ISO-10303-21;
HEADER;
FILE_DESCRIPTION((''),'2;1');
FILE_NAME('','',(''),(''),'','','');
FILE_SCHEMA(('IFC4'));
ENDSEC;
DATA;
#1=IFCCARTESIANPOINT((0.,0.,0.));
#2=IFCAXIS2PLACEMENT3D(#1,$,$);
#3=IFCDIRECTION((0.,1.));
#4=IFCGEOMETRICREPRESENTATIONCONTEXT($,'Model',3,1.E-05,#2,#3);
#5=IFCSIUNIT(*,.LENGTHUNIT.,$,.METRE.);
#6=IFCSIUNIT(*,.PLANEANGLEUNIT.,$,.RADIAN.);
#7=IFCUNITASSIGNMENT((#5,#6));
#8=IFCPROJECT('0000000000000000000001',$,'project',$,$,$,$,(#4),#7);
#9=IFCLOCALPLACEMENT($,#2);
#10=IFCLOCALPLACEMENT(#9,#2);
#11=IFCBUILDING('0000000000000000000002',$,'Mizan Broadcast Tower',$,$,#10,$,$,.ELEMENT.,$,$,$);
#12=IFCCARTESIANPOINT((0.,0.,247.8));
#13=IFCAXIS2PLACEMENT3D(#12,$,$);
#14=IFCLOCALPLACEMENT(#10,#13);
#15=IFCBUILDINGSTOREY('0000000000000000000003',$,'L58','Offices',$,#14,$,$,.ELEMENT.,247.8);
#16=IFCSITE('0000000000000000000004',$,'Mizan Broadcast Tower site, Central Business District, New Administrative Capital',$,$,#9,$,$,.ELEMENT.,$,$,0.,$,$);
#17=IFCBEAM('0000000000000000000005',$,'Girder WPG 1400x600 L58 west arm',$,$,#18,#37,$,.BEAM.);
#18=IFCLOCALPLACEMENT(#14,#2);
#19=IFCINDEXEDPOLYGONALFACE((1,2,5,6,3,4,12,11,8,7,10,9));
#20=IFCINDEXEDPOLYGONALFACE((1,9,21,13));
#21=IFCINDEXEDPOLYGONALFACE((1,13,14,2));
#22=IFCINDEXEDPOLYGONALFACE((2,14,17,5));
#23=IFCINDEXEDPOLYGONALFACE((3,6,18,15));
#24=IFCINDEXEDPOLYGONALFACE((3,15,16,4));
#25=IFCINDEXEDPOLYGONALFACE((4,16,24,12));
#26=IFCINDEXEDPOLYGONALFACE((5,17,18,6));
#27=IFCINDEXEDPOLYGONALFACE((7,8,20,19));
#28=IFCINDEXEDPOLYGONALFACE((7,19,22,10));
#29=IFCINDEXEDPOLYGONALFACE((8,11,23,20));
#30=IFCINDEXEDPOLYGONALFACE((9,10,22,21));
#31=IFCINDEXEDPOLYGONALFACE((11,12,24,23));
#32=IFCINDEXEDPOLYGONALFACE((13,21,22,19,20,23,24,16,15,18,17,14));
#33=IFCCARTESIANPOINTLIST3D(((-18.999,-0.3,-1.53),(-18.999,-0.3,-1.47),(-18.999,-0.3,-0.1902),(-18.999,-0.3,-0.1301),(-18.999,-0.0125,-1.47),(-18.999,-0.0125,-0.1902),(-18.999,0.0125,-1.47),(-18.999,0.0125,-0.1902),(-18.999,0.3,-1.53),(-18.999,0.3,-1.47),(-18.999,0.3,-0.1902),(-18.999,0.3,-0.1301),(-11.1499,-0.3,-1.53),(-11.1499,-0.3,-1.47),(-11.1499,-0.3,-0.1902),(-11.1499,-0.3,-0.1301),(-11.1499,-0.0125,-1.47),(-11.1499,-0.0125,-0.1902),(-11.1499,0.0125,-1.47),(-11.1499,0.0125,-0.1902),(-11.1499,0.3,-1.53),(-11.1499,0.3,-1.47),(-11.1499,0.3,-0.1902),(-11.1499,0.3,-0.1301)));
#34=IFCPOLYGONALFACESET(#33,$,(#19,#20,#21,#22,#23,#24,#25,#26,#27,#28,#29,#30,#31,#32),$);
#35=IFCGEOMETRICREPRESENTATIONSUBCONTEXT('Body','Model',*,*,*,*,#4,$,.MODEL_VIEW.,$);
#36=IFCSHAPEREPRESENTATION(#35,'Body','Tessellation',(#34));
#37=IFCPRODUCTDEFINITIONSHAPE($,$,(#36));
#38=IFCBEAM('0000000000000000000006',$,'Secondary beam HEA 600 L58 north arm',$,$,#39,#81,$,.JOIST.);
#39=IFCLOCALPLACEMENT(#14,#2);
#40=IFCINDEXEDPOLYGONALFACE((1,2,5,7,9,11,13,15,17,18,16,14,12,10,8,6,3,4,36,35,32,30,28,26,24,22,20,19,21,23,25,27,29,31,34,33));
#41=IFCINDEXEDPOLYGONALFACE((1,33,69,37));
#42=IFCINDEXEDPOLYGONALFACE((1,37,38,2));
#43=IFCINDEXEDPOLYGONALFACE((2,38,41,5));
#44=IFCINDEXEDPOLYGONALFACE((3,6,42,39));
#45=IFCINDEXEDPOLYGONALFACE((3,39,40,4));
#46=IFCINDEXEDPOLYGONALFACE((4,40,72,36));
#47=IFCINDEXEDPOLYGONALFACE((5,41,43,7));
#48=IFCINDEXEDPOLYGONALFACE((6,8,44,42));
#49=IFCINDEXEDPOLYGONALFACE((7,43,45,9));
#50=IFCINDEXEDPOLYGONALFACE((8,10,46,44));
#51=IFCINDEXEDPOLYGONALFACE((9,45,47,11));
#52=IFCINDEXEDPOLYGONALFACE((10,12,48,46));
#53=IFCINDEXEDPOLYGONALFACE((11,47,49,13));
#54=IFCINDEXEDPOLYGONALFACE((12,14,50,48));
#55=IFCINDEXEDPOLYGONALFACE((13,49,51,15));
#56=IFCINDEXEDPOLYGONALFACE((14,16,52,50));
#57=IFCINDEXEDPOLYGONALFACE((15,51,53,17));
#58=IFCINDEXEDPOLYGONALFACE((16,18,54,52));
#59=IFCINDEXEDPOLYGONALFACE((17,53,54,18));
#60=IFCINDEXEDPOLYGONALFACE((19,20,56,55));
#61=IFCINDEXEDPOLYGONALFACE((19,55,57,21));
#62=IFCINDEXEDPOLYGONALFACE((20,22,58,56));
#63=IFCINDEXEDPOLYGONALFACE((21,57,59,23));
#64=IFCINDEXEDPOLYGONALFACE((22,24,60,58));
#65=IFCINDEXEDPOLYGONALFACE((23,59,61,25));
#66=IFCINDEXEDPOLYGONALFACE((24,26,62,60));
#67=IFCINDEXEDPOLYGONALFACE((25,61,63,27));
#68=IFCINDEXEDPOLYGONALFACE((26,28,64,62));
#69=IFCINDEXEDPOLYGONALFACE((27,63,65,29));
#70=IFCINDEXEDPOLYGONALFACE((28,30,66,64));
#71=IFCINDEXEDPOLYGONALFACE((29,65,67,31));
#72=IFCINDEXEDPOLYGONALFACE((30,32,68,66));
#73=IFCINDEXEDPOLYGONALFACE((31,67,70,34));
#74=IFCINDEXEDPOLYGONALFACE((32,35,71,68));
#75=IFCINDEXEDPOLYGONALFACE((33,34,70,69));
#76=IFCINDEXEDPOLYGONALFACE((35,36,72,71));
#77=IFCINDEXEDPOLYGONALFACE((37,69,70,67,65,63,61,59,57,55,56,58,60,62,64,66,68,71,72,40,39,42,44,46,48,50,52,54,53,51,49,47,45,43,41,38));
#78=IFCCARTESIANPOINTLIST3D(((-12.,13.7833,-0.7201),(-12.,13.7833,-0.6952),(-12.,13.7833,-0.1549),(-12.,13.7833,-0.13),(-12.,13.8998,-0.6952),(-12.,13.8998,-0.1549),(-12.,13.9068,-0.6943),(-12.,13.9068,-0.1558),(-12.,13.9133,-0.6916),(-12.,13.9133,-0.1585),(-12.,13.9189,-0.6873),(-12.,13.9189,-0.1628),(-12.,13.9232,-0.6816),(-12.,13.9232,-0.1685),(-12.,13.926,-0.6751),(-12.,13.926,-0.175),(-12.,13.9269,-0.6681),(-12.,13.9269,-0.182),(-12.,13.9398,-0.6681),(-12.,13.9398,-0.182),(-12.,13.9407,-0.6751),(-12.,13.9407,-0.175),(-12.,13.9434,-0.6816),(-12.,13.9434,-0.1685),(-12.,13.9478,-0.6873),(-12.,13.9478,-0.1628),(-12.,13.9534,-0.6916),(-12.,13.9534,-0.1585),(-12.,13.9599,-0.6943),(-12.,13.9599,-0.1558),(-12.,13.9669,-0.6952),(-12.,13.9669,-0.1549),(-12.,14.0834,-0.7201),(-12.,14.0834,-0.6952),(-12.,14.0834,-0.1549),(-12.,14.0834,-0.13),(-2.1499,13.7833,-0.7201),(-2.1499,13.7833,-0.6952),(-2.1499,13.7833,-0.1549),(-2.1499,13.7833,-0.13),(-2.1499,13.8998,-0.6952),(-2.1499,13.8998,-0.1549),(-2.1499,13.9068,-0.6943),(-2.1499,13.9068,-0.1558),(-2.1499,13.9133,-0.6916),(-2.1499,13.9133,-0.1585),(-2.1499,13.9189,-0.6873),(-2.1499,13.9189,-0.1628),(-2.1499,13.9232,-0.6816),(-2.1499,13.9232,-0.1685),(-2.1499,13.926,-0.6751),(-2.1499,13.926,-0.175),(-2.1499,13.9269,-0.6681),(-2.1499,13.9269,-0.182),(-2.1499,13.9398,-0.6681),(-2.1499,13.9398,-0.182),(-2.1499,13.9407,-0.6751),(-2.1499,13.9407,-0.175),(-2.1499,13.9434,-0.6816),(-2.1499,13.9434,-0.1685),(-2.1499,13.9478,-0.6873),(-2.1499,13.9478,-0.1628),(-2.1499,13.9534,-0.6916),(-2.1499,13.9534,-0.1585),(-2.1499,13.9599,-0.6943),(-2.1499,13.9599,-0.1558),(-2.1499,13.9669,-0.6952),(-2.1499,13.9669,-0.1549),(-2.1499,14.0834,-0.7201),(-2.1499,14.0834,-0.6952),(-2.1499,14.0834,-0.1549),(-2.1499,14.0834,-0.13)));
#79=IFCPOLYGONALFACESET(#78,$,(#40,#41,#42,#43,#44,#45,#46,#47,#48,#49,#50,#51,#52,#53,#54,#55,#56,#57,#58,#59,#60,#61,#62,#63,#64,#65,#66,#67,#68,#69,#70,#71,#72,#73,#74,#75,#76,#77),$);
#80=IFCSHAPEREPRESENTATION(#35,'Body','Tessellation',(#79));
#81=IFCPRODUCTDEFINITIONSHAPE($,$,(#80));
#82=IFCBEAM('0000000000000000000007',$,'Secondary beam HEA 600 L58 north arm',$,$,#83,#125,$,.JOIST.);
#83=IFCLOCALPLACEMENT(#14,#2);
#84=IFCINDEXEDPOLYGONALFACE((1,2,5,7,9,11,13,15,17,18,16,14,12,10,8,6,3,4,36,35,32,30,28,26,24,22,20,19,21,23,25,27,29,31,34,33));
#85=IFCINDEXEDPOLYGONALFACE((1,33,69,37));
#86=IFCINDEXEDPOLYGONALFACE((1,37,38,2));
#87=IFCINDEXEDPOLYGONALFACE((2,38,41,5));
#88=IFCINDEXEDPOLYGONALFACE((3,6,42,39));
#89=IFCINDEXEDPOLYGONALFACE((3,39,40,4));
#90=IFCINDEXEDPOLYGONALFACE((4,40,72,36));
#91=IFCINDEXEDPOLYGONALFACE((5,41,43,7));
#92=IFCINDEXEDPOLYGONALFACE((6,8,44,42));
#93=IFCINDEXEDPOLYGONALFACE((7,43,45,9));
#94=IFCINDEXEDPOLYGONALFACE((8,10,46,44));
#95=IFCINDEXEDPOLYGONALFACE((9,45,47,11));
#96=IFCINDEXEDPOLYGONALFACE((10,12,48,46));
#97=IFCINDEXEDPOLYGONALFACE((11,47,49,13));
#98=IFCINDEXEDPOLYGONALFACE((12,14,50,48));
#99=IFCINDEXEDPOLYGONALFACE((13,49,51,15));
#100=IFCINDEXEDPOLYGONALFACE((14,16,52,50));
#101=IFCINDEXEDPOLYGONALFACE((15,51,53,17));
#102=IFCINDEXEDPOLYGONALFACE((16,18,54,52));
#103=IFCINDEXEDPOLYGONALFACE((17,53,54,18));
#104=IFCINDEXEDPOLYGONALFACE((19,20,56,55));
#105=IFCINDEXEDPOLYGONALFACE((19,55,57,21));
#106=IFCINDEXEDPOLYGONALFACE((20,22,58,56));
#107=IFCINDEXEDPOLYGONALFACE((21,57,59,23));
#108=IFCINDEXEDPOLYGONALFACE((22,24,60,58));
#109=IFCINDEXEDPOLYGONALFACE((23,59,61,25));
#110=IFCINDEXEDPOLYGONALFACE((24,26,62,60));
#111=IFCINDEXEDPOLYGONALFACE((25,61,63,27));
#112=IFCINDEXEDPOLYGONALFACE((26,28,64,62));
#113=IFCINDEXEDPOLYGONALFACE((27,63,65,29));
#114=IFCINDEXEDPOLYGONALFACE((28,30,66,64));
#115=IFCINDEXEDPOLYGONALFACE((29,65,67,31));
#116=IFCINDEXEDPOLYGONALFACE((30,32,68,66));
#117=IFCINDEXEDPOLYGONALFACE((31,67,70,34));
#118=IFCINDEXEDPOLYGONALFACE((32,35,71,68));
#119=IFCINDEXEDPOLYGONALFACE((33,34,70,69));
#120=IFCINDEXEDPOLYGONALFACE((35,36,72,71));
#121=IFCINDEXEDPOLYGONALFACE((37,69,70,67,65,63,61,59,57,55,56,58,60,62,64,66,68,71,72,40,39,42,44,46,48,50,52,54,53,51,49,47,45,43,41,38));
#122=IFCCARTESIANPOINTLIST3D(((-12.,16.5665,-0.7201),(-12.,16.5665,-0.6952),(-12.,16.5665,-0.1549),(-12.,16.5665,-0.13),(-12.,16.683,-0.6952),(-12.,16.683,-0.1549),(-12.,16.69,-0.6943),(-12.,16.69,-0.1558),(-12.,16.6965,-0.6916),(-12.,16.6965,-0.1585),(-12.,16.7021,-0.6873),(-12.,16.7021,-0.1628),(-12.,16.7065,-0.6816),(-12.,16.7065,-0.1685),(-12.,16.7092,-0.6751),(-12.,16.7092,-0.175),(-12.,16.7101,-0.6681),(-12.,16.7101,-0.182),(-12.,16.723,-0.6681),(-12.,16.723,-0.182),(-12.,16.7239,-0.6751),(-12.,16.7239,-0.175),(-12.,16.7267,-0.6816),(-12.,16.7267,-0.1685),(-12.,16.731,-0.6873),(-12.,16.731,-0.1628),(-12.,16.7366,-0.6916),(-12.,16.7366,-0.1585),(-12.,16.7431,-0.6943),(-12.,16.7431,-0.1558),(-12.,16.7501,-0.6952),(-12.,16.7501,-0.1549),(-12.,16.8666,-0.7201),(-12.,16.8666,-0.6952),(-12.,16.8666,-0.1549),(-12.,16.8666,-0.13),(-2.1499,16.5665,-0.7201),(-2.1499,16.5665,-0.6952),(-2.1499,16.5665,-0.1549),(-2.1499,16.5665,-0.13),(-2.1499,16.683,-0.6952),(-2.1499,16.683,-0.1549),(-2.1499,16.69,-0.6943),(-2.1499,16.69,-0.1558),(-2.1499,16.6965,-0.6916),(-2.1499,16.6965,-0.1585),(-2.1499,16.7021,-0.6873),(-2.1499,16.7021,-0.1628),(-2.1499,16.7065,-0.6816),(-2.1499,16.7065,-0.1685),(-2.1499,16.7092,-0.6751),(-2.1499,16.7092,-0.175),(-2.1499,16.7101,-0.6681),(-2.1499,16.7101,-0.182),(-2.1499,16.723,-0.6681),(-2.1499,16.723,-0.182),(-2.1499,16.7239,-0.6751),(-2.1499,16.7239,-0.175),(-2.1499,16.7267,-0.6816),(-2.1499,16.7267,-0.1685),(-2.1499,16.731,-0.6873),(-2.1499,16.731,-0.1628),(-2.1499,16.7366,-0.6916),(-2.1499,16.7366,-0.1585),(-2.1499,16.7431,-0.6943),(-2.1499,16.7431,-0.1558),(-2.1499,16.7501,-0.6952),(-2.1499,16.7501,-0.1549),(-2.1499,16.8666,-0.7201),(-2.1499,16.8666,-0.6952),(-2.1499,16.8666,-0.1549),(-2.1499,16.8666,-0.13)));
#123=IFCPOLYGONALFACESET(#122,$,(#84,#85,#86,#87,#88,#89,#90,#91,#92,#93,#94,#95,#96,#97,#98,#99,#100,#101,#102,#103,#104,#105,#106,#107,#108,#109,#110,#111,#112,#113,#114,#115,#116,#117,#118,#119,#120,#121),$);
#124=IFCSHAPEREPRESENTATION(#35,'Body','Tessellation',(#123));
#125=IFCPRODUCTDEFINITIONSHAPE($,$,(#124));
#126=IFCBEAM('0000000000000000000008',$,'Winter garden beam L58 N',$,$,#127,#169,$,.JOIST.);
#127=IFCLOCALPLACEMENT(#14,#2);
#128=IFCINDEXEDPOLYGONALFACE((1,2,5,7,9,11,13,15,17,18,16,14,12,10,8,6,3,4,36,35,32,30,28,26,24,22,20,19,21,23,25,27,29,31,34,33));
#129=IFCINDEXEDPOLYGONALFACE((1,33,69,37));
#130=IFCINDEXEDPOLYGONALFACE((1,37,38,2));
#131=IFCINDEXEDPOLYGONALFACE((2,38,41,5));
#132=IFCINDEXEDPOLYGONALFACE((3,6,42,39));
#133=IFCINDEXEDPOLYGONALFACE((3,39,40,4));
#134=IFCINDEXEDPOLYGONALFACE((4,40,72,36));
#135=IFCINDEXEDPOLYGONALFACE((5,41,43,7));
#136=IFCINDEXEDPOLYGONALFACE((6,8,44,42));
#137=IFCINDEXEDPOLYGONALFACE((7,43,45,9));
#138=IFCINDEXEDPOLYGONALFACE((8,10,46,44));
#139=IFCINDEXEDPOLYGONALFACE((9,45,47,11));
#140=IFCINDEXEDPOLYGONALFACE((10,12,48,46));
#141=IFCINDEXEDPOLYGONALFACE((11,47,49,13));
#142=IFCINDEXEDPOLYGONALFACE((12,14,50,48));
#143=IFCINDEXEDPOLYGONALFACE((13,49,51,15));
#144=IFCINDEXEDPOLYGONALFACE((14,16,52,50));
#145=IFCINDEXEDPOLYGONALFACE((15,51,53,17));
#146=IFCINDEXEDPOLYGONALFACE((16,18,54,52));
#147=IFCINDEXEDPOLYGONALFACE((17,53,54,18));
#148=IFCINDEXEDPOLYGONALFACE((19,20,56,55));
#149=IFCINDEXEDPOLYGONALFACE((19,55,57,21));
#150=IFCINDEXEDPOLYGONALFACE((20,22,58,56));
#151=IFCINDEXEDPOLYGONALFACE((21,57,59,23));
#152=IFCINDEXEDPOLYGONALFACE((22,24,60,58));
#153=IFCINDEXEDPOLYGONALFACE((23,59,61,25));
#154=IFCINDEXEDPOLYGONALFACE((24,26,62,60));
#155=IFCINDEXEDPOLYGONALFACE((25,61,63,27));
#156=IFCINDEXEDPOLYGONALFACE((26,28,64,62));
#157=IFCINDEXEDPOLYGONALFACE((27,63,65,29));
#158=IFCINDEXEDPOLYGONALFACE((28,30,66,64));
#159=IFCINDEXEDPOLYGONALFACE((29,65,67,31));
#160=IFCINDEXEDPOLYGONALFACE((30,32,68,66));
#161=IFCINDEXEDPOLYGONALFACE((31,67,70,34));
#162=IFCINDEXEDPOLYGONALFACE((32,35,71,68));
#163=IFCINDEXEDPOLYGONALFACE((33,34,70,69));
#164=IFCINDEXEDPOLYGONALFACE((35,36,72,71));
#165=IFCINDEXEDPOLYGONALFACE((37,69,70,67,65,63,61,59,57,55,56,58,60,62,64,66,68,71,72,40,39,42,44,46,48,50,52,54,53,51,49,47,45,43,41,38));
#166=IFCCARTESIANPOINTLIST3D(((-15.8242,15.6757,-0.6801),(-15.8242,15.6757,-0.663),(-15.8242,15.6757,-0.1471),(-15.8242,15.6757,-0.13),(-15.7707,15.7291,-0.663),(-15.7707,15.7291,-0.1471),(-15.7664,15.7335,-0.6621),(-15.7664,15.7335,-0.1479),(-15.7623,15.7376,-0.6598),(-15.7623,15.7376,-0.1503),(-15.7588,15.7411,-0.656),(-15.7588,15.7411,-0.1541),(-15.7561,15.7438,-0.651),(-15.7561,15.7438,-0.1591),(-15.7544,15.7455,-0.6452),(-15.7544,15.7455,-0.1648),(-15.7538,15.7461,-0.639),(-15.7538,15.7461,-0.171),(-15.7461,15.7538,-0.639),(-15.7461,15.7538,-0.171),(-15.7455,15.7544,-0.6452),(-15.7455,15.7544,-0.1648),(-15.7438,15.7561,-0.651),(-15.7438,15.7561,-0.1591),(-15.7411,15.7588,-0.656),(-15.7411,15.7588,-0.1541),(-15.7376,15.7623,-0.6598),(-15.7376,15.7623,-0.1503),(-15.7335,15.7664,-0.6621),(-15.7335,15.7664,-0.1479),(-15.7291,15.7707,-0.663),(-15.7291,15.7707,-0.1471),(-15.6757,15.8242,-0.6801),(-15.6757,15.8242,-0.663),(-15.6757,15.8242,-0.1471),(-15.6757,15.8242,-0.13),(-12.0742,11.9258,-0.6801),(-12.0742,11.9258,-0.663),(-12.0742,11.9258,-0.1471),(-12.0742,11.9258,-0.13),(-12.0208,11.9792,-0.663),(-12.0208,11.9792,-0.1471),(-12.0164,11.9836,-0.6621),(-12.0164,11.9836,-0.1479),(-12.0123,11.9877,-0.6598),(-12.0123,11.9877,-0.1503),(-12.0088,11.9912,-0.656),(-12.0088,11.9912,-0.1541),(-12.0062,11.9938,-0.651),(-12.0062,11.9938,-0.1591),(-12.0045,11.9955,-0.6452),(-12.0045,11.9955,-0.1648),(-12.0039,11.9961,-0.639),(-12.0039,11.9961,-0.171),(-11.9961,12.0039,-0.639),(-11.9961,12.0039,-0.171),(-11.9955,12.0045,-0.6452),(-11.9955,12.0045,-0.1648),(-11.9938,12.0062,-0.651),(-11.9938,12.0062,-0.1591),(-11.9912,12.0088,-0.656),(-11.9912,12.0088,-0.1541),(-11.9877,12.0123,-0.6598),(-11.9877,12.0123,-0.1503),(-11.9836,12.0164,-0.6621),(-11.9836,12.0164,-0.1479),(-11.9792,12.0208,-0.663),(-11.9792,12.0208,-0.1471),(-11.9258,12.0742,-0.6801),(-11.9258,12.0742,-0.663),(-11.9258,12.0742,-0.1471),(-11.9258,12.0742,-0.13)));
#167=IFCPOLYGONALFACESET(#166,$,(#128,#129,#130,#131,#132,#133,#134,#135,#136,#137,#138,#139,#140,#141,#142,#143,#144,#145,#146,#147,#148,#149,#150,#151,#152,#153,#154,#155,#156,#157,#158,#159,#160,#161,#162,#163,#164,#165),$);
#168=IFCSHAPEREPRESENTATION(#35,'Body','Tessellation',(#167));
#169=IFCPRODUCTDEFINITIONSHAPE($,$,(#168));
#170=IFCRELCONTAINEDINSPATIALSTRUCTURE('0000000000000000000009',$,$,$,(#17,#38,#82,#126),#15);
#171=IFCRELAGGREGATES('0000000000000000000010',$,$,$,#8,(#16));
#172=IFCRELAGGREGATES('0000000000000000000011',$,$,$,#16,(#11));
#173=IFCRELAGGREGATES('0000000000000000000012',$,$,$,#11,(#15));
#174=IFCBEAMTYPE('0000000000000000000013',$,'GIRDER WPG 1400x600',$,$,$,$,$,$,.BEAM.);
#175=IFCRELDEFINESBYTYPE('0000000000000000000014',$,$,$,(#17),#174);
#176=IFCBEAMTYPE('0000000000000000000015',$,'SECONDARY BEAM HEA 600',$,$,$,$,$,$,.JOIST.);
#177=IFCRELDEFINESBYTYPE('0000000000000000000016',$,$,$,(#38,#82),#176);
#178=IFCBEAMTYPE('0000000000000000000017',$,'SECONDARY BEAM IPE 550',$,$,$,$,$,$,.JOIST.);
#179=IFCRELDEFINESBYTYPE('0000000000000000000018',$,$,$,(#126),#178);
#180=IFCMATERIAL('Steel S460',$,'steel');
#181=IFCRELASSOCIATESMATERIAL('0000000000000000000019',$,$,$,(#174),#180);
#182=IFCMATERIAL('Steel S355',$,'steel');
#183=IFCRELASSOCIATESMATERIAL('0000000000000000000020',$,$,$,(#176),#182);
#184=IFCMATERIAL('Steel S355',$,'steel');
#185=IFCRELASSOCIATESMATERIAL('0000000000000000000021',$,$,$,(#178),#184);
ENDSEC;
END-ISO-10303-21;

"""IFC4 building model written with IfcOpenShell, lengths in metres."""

from ifc_helpers import new_model, si_unit, direction, frame, origin, origin_2d, place, context, subcontext, project, spatial, i_section, extrude, material, material_profile, profile_set, type_object, element, save


model = new_model("IFC4")

# Units and contexts
model_context = context("Model", 3, precision=1e-05, world=origin(), true_north=direction((0.0, 1.0)))
body_context = subcontext(model_context, "Body", "Model", "MODEL_VIEW")
ifc_project = project(units=[si_unit("LENGTHUNIT", "METRE"), si_unit("PLANEANGLEUNIT", "RADIAN")], contexts=[model_context])

# Site, building, storey
site_placement = place(None, origin())
site = spatial("IfcSite", under=ifc_project, at=site_placement, Name="Mizan Broadcast Tower site, Central Business District, New Administrative Capital", CompositionType="ELEMENT", RefElevation=0.0)
building_placement = place(site_placement, origin())
building = spatial("IfcBuilding", under=site, at=building_placement, Name="Mizan Broadcast Tower", CompositionType="ELEMENT")
storey_placement = place(building_placement, frame((0.0, 0.0, 247.8)))
storey = spatial("IfcBuildingStorey", under=building, at=storey_placement, Name="L58", Description="Offices", CompositionType="ELEMENT", Elevation=247.8)

# Beams
ifc_material_1 = material(Name="Steel S460", Category="steel")
ifc_material_profile_1 = material_profile(ifc_material_1, i_section(OverallWidth=0.6001, OverallDepth=1.3999, WebThickness=0.0249, FlangeThickness=0.0601, at=origin_2d()), Name="WPG 1400x600")
ifc_profile_set_1 = profile_set([ifc_material_profile_1], Name="Steel S460")
beam_type_1 = type_object("IfcBeamType", Name="GIRDER WPG 1400x600", PredefinedType="BEAM", material=ifc_profile_set_1)
for number, where, z_axis, x_axis, name in (
    (1, (-11.1499, 0.0, -0.8301), (-1.0, 0.0, 0.0), (0.0, -1.0, 0.0), "Girder WPG 1400x600 L58 west arm"),
):
    element("IfcBeam", number, at=place(storey_placement, frame(where, z_axis=z_axis, x_axis=x_axis)), inside=storey, type_object=beam_type_1, Name=name, PredefinedType="BEAM", context=body_context, shape_type="SweptSolid", body=[
        extrude(i_section(OverallWidth=0.6001, OverallDepth=1.3999, WebThickness=0.0249, FlangeThickness=0.0601, at=origin_2d()), origin(), (0.0, 0.0, 1.0), 7.8491),
    ])
ifc_material_2 = material(Name="Steel S355", Category="steel")
ifc_material_profile_2 = material_profile(ifc_material_2, i_section(OverallWidth=0.3, OverallDepth=0.5901, WebThickness=0.0129, FlangeThickness=0.0249, FilletRadius=0.0271, at=origin_2d()), Name="HEA 600")
ifc_profile_set_2 = profile_set([ifc_material_profile_2], Name="Steel S355")
beam_type_2 = type_object("IfcBeamType", Name="SECONDARY BEAM HEA 600", PredefinedType="JOIST", material=ifc_profile_set_2)
for number, where, z_axis, x_axis, name in (
    (2, (-12.0, 13.9333, -0.425), (1.0, 0.0, 0.0), (0.0, 1.0, 0.0), "Secondary beam HEA 600 L58 north arm"),
    (3, (-12.0, 16.7166, -0.425), (1.0, 0.0, 0.0), (0.0, 1.0, 0.0), "Secondary beam HEA 600 L58 north arm"),
):
    element("IfcBeam", number, at=place(storey_placement, frame(where, z_axis=z_axis, x_axis=x_axis)), inside=storey, type_object=beam_type_2, Name=name, PredefinedType="JOIST", context=body_context, shape_type="SweptSolid", body=[
        extrude(i_section(OverallWidth=0.3, OverallDepth=0.5901, WebThickness=0.0129, FlangeThickness=0.0249, FilletRadius=0.0271, at=origin_2d()), origin(), (0.0, 0.0, 1.0), 9.8501),
    ])
ifc_material_3 = material(Name="Steel S355", Category="steel")
ifc_material_profile_3 = material_profile(ifc_material_3, i_section(OverallWidth=0.21, OverallDepth=0.55, WebThickness=0.011, FlangeThickness=0.0171, FilletRadius=0.0239, at=origin_2d()), Name="IPE 550")
ifc_profile_set_3 = profile_set([ifc_material_profile_3], Name="Steel S355")
beam_type_3 = type_object("IfcBeamType", Name="SECONDARY BEAM IPE 550", PredefinedType="JOIST", material=ifc_profile_set_3)
beam_1_placement = place(storey_placement, frame((-12.0, 12.0, -0.405), z_axis=(-0.707107, 0.707107, 0.0), x_axis=(-0.707107, -0.707107, 0.0)))
element("IfcBeam", 4, at=beam_1_placement, inside=storey, type_object=beam_type_3, Name="Winter garden beam L58 N", PredefinedType="JOIST", context=body_context, shape_type="SweptSolid", body=[
    extrude(i_section(OverallWidth=0.21, OverallDepth=0.55, WebThickness=0.011, FlangeThickness=0.0171, FilletRadius=0.0239, at=origin_2d()), origin(), (0.0, 0.0, 1.0), 5.3032),
])

save(model, "model.ifc")
